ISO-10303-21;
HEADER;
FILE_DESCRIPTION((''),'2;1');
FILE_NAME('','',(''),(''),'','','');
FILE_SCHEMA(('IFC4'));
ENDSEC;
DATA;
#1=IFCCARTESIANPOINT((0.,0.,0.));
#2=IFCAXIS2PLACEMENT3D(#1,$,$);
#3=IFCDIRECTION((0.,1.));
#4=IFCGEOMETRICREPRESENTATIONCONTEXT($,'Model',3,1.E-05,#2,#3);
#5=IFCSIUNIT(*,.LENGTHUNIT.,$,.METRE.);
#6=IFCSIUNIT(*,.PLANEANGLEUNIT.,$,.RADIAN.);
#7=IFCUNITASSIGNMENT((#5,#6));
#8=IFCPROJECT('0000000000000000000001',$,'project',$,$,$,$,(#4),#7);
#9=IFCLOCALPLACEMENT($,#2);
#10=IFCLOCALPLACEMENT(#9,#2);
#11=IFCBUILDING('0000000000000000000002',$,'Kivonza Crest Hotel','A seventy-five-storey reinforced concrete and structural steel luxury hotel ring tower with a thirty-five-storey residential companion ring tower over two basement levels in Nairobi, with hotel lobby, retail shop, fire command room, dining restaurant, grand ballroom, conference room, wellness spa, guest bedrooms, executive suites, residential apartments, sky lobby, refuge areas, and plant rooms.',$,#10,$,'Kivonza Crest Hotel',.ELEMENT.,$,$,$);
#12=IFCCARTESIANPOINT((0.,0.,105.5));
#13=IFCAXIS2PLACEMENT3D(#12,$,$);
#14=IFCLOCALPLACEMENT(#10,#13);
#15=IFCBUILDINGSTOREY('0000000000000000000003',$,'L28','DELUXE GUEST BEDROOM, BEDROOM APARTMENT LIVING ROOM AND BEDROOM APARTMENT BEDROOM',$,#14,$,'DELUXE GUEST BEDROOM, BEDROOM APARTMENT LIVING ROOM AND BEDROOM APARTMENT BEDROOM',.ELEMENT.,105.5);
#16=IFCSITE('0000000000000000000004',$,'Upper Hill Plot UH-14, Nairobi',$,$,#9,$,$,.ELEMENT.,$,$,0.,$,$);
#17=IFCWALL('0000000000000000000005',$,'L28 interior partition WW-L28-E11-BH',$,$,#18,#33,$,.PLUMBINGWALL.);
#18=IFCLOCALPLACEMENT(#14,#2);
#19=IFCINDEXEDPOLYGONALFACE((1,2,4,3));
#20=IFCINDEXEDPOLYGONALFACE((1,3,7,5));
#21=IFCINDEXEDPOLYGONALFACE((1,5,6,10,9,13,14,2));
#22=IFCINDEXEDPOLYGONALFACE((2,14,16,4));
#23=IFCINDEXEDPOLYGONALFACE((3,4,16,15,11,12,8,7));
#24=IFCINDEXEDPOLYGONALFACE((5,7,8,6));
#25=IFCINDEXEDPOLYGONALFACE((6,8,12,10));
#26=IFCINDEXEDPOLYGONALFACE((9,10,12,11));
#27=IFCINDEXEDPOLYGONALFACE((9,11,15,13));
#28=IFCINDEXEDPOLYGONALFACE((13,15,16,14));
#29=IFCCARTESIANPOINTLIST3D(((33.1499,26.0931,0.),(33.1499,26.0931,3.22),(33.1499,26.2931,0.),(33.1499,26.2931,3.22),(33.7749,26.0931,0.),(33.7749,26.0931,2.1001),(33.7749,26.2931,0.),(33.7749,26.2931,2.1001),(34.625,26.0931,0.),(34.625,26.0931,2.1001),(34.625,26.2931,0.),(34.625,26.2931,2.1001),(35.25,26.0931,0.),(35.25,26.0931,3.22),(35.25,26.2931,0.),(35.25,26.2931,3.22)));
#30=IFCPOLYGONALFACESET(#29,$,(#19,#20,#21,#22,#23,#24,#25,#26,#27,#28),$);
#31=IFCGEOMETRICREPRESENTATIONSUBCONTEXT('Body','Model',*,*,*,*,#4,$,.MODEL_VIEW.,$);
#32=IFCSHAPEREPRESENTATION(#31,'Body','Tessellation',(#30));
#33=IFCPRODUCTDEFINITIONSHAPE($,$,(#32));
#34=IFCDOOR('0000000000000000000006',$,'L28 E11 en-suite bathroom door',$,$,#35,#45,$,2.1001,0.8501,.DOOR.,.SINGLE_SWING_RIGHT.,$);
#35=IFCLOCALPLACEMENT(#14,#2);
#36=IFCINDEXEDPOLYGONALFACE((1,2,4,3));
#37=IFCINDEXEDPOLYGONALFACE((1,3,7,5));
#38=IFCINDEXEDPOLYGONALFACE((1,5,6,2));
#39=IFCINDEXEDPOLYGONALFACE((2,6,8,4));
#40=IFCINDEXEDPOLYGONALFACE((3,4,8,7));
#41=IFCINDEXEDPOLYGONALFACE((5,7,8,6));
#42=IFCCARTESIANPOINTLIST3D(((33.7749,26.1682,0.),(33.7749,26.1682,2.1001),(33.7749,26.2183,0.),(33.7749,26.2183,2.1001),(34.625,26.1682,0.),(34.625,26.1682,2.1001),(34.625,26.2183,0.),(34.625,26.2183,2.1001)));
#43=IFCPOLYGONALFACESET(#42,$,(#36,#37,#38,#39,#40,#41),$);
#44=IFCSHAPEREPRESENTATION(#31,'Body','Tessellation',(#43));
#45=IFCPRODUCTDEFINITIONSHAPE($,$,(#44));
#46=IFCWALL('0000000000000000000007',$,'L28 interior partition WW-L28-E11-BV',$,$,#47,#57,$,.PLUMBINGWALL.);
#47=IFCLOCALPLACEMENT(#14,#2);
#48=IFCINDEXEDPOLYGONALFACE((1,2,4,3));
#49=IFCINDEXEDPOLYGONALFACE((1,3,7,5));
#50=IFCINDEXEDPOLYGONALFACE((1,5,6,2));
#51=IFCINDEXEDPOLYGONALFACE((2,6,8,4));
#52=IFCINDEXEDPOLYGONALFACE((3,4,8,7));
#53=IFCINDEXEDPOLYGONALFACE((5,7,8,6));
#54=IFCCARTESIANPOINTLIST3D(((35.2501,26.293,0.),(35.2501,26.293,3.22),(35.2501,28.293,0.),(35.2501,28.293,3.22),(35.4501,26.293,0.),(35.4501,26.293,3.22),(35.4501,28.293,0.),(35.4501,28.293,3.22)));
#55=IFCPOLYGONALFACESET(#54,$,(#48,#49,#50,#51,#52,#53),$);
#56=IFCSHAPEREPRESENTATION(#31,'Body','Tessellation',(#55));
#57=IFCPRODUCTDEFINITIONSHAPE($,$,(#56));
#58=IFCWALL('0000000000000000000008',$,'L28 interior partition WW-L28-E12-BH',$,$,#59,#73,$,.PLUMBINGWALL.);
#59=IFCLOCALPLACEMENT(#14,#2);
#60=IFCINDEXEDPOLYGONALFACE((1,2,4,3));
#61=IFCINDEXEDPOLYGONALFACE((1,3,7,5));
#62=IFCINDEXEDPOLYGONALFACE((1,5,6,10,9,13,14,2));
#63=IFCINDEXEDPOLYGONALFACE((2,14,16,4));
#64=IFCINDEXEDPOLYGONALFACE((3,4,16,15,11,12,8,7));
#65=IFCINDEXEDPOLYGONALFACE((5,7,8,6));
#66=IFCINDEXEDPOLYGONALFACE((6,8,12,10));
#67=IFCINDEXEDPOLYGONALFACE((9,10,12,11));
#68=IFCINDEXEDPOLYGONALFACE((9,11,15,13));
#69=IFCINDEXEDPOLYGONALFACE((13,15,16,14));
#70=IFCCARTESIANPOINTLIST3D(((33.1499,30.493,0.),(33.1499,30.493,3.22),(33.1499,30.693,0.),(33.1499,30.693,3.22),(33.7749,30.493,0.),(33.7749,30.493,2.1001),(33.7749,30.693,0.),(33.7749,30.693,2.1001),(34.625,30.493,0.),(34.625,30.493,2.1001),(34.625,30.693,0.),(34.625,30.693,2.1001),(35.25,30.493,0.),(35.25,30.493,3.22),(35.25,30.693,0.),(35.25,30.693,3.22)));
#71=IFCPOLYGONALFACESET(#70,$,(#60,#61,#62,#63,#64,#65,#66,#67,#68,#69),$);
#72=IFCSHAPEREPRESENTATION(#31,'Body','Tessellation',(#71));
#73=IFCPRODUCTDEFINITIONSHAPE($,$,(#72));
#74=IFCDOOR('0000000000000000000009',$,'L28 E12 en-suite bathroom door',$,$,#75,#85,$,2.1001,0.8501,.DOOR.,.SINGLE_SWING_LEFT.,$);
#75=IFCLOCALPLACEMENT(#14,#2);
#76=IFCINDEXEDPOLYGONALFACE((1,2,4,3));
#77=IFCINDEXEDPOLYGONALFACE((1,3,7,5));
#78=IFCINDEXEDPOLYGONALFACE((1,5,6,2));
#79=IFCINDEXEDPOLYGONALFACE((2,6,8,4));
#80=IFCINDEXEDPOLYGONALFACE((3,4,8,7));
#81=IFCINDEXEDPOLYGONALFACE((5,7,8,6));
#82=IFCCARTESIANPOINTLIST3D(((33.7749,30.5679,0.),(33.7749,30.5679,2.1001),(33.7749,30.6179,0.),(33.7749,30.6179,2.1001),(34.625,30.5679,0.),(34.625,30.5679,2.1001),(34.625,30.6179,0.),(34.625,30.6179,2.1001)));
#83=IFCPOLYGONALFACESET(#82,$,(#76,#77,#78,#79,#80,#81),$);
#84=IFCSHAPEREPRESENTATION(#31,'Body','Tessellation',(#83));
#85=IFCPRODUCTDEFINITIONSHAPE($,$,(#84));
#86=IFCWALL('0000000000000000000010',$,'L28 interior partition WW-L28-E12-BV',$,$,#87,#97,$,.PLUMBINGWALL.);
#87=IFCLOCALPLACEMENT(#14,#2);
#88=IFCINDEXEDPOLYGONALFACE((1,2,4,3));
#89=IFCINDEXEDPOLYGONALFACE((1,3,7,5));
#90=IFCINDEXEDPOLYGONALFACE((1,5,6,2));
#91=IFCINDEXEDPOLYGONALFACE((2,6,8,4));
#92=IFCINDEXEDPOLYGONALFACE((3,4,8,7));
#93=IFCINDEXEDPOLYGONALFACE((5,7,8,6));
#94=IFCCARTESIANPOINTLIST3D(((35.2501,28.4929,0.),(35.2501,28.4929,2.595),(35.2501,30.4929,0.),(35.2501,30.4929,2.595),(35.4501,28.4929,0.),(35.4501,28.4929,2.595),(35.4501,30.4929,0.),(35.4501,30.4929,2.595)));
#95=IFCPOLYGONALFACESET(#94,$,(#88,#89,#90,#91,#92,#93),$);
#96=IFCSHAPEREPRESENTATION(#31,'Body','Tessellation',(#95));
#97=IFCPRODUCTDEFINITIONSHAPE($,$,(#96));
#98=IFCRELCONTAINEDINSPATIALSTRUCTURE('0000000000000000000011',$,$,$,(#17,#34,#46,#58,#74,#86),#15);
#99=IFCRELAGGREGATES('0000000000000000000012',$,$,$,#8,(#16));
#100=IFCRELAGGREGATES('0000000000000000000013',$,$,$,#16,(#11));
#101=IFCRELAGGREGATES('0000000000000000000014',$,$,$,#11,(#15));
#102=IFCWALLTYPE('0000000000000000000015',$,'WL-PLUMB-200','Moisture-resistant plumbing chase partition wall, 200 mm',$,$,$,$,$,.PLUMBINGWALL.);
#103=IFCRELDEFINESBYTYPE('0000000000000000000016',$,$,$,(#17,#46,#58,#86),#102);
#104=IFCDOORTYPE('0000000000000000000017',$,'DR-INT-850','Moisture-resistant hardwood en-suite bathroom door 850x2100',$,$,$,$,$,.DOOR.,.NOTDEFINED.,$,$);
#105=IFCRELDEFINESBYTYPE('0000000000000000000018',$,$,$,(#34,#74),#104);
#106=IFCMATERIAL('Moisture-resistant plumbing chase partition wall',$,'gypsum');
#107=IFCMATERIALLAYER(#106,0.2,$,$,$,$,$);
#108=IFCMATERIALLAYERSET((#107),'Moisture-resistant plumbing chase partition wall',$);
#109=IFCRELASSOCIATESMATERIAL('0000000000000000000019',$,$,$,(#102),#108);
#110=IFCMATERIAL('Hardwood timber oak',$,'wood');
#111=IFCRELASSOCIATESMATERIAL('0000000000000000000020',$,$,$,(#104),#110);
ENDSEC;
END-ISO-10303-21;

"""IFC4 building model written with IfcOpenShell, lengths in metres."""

from ifc_helpers import new_model, si_unit, direction, frame, frame_2d, origin, place, context, subcontext, project, spatial, rectangle, extrude, material, layer, layer_set, type_object, element, fill, save


model = new_model("IFC4")

# Units and contexts
model_context = context("Model", 3, precision=1e-05, world=origin(), true_north=direction((0.0, 1.0)))
body_context = subcontext(model_context, "Body", "Model", "MODEL_VIEW")
ifc_project = project(units=[si_unit("LENGTHUNIT", "METRE"), si_unit("PLANEANGLEUNIT", "RADIAN")], contexts=[model_context])

# Site, building, storey
site_placement = place(None, origin())
site = spatial("IfcSite", under=ifc_project, at=site_placement, Name="Upper Hill Plot UH-14, Nairobi", CompositionType="ELEMENT", RefElevation=0.0)
building_placement = place(site_placement, origin())
building = spatial("IfcBuilding", under=site, at=building_placement, Name="Kivonza Crest Hotel", Description="A seventy-five-storey reinforced concrete and structural steel luxury hotel ring tower with a thirty-five-storey residential companion ring tower over two basement levels in Nairobi, with hotel lobby, retail shop, fire command room, dining restaurant, grand ballroom, conference room, wellness spa, guest bedrooms, executive suites, residential apartments, sky lobby, refuge areas, and plant rooms.", LongName="Kivonza Crest Hotel", CompositionType="ELEMENT")
storey_placement = place(building_placement, frame((0.0, 0.0, 105.5)))
storey = spatial("IfcBuildingStorey", under=building, at=storey_placement, Name="L28", Description="DELUXE GUEST BEDROOM, BEDROOM APARTMENT LIVING ROOM AND BEDROOM APARTMENT BEDROOM", LongName="DELUXE GUEST BEDROOM, BEDROOM APARTMENT LIVING ROOM AND BEDROOM APARTMENT BEDROOM", CompositionType="ELEMENT", Elevation=105.5)

# Shared definitions
ifc_material_1 = material(Name="Hardwood timber oak", Category="wood")

# Wall, opening, door
ifc_material_2 = material(Name="Moisture-resistant plumbing chase partition wall", Category="gypsum")
ifc_layer_1 = layer(ifc_material_2, 0.2)
ifc_layer_set_1 = layer_set([ifc_layer_1], Name="Moisture-resistant plumbing chase partition wall")
wall_type_1 = type_object("IfcWallType", Name="WL-PLUMB-200", Description="Moisture-resistant plumbing chase partition wall, 200 mm", PredefinedType="PLUMBINGWALL", material=ifc_layer_set_1)
wall_1_placement = place(storey_placement, frame((33.1499, 26.1931, 0.0), z_axis=(0.0, 0.0, 1.0), x_axis=(1.0, 0.0, 0.0)))
wall_1 = element("IfcWall", 1, at=wall_1_placement, inside=storey, type_object=wall_type_1, Name="L28 interior partition WW-L28-E11-BH", PredefinedType="PLUMBINGWALL", context=body_context, shape_type="SweptSolid", body=[
    extrude(rectangle(XDim=2.1001, YDim=0.2, at=frame_2d((1.05, 0.0))), origin(), (0.0, 0.0, 1.0), 3.22),
])
opening_1_placement = place(wall_1_placement, frame((0.625, 0.0, 0.0)))
opening_1 = element("IfcOpeningElement", 2, at=opening_1_placement, cuts=wall_1, PredefinedType="OPENING", context=body_context, shape_type="SweptSolid", body=[
    extrude(rectangle(XDim=0.8501, YDim=2.1001, at=frame_2d((0.425, 1.05))), frame((0.0, 0.1099, 0.0), z_axis=(0.0, -1.0, 0.0), x_axis=(1.0, 0.0, 0.0)), (0.0, 0.0, 1.0), 0.22),
])
door_type_1 = type_object("IfcDoorType", Name="DR-INT-850", Description="Moisture-resistant hardwood en-suite bathroom door 850x2100", OperationType="NOTDEFINED", PredefinedType="DOOR", material=ifc_material_1)
door_1_placement = place(opening_1_placement, frame((0.8501, 0.0, 0.0), z_axis=(0.0, 0.0, 1.0), x_axis=(-1.0, 0.0, 0.0)))
door_1 = element("IfcDoor", 3, at=door_1_placement, inside=storey, type_object=door_type_1, Name="L28 E11 en-suite bathroom door", OperationType="SINGLE_SWING_RIGHT", OverallHeight=2.1001, OverallWidth=0.8501, PredefinedType="DOOR", context=body_context, shape_type="SweptSolid", body=[
    extrude(rectangle(XDim=0.8501, YDim=2.1001, at=frame_2d((0.425, 1.05))), frame((0.0, 0.0249, 0.0), z_axis=(0.0, -1.0, 0.0), x_axis=(1.0, 0.0, 0.0)), (0.0, 0.0, 1.0), 0.05),
])
fill(opening_1, door_1)

# Wall
wall_2_placement = place(storey_placement, frame((35.3501, 26.293, 0.0), z_axis=(0.0, 0.0, 1.0), x_axis=(0.0, 1.0, 0.0)))
element("IfcWall", 4, at=wall_2_placement, inside=storey, type_object=wall_type_1, Name="L28 interior partition WW-L28-E11-BV", PredefinedType="PLUMBINGWALL", context=body_context, shape_type="SweptSolid", body=[
    extrude(rectangle(XDim=2.0, YDim=0.2, at=frame_2d((1.0, 0.0))), origin(), (0.0, 0.0, 1.0), 3.22),
])

# Wall, opening, door
wall_3_placement = place(storey_placement, frame((33.1499, 30.593, 0.0), z_axis=(0.0, 0.0, 1.0), x_axis=(1.0, 0.0, 0.0)))
wall_3 = element("IfcWall", 5, at=wall_3_placement, inside=storey, type_object=wall_type_1, Name="L28 interior partition WW-L28-E12-BH", PredefinedType="PLUMBINGWALL", context=body_context, shape_type="SweptSolid", body=[
    extrude(rectangle(XDim=2.1001, YDim=0.2, at=frame_2d((1.05, 0.0))), origin(), (0.0, 0.0, 1.0), 3.22),
])
opening_2_placement = place(wall_3_placement, frame((0.625, 0.0, 0.0)))
opening_2 = element("IfcOpeningElement", 6, at=opening_2_placement, cuts=wall_3, PredefinedType="OPENING", context=body_context, shape_type="SweptSolid", body=[
    extrude(rectangle(XDim=0.8501, YDim=2.1001, at=frame_2d((0.425, 1.05))), frame((0.0, 0.1099, 0.0), z_axis=(0.0, -1.0, 0.0), x_axis=(1.0, 0.0, 0.0)), (0.0, 0.0, 1.0), 0.22),
])
door_2_placement = place(opening_2_placement, origin())
door_2 = element("IfcDoor", 7, at=door_2_placement, inside=storey, type_object=door_type_1, Name="L28 E12 en-suite bathroom door", OperationType="SINGLE_SWING_LEFT", OverallHeight=2.1001, OverallWidth=0.8501, PredefinedType="DOOR", context=body_context, shape_type="SweptSolid", body=[
    extrude(rectangle(XDim=0.8501, YDim=2.1001, at=frame_2d((0.425, 1.05))), frame((0.0, 0.0249, 0.0), z_axis=(0.0, -1.0, 0.0), x_axis=(1.0, 0.0, 0.0)), (0.0, 0.0, 1.0), 0.05),
])
fill(opening_2, door_2)

# Wall
wall_4_placement = place(storey_placement, frame((35.3501, 28.4929, 0.0), z_axis=(0.0, 0.0, 1.0), x_axis=(0.0, 1.0, 0.0)))
element("IfcWall", 8, at=wall_4_placement, inside=storey, type_object=wall_type_1, Name="L28 interior partition WW-L28-E12-BV", PredefinedType="PLUMBINGWALL", context=body_context, shape_type="SweptSolid", body=[
    extrude(rectangle(XDim=2.0, YDim=0.2, at=frame_2d((1.0, 0.0))), origin(), (0.0, 0.0, 1.0), 2.595),
])

save(model, "model.ifc")
